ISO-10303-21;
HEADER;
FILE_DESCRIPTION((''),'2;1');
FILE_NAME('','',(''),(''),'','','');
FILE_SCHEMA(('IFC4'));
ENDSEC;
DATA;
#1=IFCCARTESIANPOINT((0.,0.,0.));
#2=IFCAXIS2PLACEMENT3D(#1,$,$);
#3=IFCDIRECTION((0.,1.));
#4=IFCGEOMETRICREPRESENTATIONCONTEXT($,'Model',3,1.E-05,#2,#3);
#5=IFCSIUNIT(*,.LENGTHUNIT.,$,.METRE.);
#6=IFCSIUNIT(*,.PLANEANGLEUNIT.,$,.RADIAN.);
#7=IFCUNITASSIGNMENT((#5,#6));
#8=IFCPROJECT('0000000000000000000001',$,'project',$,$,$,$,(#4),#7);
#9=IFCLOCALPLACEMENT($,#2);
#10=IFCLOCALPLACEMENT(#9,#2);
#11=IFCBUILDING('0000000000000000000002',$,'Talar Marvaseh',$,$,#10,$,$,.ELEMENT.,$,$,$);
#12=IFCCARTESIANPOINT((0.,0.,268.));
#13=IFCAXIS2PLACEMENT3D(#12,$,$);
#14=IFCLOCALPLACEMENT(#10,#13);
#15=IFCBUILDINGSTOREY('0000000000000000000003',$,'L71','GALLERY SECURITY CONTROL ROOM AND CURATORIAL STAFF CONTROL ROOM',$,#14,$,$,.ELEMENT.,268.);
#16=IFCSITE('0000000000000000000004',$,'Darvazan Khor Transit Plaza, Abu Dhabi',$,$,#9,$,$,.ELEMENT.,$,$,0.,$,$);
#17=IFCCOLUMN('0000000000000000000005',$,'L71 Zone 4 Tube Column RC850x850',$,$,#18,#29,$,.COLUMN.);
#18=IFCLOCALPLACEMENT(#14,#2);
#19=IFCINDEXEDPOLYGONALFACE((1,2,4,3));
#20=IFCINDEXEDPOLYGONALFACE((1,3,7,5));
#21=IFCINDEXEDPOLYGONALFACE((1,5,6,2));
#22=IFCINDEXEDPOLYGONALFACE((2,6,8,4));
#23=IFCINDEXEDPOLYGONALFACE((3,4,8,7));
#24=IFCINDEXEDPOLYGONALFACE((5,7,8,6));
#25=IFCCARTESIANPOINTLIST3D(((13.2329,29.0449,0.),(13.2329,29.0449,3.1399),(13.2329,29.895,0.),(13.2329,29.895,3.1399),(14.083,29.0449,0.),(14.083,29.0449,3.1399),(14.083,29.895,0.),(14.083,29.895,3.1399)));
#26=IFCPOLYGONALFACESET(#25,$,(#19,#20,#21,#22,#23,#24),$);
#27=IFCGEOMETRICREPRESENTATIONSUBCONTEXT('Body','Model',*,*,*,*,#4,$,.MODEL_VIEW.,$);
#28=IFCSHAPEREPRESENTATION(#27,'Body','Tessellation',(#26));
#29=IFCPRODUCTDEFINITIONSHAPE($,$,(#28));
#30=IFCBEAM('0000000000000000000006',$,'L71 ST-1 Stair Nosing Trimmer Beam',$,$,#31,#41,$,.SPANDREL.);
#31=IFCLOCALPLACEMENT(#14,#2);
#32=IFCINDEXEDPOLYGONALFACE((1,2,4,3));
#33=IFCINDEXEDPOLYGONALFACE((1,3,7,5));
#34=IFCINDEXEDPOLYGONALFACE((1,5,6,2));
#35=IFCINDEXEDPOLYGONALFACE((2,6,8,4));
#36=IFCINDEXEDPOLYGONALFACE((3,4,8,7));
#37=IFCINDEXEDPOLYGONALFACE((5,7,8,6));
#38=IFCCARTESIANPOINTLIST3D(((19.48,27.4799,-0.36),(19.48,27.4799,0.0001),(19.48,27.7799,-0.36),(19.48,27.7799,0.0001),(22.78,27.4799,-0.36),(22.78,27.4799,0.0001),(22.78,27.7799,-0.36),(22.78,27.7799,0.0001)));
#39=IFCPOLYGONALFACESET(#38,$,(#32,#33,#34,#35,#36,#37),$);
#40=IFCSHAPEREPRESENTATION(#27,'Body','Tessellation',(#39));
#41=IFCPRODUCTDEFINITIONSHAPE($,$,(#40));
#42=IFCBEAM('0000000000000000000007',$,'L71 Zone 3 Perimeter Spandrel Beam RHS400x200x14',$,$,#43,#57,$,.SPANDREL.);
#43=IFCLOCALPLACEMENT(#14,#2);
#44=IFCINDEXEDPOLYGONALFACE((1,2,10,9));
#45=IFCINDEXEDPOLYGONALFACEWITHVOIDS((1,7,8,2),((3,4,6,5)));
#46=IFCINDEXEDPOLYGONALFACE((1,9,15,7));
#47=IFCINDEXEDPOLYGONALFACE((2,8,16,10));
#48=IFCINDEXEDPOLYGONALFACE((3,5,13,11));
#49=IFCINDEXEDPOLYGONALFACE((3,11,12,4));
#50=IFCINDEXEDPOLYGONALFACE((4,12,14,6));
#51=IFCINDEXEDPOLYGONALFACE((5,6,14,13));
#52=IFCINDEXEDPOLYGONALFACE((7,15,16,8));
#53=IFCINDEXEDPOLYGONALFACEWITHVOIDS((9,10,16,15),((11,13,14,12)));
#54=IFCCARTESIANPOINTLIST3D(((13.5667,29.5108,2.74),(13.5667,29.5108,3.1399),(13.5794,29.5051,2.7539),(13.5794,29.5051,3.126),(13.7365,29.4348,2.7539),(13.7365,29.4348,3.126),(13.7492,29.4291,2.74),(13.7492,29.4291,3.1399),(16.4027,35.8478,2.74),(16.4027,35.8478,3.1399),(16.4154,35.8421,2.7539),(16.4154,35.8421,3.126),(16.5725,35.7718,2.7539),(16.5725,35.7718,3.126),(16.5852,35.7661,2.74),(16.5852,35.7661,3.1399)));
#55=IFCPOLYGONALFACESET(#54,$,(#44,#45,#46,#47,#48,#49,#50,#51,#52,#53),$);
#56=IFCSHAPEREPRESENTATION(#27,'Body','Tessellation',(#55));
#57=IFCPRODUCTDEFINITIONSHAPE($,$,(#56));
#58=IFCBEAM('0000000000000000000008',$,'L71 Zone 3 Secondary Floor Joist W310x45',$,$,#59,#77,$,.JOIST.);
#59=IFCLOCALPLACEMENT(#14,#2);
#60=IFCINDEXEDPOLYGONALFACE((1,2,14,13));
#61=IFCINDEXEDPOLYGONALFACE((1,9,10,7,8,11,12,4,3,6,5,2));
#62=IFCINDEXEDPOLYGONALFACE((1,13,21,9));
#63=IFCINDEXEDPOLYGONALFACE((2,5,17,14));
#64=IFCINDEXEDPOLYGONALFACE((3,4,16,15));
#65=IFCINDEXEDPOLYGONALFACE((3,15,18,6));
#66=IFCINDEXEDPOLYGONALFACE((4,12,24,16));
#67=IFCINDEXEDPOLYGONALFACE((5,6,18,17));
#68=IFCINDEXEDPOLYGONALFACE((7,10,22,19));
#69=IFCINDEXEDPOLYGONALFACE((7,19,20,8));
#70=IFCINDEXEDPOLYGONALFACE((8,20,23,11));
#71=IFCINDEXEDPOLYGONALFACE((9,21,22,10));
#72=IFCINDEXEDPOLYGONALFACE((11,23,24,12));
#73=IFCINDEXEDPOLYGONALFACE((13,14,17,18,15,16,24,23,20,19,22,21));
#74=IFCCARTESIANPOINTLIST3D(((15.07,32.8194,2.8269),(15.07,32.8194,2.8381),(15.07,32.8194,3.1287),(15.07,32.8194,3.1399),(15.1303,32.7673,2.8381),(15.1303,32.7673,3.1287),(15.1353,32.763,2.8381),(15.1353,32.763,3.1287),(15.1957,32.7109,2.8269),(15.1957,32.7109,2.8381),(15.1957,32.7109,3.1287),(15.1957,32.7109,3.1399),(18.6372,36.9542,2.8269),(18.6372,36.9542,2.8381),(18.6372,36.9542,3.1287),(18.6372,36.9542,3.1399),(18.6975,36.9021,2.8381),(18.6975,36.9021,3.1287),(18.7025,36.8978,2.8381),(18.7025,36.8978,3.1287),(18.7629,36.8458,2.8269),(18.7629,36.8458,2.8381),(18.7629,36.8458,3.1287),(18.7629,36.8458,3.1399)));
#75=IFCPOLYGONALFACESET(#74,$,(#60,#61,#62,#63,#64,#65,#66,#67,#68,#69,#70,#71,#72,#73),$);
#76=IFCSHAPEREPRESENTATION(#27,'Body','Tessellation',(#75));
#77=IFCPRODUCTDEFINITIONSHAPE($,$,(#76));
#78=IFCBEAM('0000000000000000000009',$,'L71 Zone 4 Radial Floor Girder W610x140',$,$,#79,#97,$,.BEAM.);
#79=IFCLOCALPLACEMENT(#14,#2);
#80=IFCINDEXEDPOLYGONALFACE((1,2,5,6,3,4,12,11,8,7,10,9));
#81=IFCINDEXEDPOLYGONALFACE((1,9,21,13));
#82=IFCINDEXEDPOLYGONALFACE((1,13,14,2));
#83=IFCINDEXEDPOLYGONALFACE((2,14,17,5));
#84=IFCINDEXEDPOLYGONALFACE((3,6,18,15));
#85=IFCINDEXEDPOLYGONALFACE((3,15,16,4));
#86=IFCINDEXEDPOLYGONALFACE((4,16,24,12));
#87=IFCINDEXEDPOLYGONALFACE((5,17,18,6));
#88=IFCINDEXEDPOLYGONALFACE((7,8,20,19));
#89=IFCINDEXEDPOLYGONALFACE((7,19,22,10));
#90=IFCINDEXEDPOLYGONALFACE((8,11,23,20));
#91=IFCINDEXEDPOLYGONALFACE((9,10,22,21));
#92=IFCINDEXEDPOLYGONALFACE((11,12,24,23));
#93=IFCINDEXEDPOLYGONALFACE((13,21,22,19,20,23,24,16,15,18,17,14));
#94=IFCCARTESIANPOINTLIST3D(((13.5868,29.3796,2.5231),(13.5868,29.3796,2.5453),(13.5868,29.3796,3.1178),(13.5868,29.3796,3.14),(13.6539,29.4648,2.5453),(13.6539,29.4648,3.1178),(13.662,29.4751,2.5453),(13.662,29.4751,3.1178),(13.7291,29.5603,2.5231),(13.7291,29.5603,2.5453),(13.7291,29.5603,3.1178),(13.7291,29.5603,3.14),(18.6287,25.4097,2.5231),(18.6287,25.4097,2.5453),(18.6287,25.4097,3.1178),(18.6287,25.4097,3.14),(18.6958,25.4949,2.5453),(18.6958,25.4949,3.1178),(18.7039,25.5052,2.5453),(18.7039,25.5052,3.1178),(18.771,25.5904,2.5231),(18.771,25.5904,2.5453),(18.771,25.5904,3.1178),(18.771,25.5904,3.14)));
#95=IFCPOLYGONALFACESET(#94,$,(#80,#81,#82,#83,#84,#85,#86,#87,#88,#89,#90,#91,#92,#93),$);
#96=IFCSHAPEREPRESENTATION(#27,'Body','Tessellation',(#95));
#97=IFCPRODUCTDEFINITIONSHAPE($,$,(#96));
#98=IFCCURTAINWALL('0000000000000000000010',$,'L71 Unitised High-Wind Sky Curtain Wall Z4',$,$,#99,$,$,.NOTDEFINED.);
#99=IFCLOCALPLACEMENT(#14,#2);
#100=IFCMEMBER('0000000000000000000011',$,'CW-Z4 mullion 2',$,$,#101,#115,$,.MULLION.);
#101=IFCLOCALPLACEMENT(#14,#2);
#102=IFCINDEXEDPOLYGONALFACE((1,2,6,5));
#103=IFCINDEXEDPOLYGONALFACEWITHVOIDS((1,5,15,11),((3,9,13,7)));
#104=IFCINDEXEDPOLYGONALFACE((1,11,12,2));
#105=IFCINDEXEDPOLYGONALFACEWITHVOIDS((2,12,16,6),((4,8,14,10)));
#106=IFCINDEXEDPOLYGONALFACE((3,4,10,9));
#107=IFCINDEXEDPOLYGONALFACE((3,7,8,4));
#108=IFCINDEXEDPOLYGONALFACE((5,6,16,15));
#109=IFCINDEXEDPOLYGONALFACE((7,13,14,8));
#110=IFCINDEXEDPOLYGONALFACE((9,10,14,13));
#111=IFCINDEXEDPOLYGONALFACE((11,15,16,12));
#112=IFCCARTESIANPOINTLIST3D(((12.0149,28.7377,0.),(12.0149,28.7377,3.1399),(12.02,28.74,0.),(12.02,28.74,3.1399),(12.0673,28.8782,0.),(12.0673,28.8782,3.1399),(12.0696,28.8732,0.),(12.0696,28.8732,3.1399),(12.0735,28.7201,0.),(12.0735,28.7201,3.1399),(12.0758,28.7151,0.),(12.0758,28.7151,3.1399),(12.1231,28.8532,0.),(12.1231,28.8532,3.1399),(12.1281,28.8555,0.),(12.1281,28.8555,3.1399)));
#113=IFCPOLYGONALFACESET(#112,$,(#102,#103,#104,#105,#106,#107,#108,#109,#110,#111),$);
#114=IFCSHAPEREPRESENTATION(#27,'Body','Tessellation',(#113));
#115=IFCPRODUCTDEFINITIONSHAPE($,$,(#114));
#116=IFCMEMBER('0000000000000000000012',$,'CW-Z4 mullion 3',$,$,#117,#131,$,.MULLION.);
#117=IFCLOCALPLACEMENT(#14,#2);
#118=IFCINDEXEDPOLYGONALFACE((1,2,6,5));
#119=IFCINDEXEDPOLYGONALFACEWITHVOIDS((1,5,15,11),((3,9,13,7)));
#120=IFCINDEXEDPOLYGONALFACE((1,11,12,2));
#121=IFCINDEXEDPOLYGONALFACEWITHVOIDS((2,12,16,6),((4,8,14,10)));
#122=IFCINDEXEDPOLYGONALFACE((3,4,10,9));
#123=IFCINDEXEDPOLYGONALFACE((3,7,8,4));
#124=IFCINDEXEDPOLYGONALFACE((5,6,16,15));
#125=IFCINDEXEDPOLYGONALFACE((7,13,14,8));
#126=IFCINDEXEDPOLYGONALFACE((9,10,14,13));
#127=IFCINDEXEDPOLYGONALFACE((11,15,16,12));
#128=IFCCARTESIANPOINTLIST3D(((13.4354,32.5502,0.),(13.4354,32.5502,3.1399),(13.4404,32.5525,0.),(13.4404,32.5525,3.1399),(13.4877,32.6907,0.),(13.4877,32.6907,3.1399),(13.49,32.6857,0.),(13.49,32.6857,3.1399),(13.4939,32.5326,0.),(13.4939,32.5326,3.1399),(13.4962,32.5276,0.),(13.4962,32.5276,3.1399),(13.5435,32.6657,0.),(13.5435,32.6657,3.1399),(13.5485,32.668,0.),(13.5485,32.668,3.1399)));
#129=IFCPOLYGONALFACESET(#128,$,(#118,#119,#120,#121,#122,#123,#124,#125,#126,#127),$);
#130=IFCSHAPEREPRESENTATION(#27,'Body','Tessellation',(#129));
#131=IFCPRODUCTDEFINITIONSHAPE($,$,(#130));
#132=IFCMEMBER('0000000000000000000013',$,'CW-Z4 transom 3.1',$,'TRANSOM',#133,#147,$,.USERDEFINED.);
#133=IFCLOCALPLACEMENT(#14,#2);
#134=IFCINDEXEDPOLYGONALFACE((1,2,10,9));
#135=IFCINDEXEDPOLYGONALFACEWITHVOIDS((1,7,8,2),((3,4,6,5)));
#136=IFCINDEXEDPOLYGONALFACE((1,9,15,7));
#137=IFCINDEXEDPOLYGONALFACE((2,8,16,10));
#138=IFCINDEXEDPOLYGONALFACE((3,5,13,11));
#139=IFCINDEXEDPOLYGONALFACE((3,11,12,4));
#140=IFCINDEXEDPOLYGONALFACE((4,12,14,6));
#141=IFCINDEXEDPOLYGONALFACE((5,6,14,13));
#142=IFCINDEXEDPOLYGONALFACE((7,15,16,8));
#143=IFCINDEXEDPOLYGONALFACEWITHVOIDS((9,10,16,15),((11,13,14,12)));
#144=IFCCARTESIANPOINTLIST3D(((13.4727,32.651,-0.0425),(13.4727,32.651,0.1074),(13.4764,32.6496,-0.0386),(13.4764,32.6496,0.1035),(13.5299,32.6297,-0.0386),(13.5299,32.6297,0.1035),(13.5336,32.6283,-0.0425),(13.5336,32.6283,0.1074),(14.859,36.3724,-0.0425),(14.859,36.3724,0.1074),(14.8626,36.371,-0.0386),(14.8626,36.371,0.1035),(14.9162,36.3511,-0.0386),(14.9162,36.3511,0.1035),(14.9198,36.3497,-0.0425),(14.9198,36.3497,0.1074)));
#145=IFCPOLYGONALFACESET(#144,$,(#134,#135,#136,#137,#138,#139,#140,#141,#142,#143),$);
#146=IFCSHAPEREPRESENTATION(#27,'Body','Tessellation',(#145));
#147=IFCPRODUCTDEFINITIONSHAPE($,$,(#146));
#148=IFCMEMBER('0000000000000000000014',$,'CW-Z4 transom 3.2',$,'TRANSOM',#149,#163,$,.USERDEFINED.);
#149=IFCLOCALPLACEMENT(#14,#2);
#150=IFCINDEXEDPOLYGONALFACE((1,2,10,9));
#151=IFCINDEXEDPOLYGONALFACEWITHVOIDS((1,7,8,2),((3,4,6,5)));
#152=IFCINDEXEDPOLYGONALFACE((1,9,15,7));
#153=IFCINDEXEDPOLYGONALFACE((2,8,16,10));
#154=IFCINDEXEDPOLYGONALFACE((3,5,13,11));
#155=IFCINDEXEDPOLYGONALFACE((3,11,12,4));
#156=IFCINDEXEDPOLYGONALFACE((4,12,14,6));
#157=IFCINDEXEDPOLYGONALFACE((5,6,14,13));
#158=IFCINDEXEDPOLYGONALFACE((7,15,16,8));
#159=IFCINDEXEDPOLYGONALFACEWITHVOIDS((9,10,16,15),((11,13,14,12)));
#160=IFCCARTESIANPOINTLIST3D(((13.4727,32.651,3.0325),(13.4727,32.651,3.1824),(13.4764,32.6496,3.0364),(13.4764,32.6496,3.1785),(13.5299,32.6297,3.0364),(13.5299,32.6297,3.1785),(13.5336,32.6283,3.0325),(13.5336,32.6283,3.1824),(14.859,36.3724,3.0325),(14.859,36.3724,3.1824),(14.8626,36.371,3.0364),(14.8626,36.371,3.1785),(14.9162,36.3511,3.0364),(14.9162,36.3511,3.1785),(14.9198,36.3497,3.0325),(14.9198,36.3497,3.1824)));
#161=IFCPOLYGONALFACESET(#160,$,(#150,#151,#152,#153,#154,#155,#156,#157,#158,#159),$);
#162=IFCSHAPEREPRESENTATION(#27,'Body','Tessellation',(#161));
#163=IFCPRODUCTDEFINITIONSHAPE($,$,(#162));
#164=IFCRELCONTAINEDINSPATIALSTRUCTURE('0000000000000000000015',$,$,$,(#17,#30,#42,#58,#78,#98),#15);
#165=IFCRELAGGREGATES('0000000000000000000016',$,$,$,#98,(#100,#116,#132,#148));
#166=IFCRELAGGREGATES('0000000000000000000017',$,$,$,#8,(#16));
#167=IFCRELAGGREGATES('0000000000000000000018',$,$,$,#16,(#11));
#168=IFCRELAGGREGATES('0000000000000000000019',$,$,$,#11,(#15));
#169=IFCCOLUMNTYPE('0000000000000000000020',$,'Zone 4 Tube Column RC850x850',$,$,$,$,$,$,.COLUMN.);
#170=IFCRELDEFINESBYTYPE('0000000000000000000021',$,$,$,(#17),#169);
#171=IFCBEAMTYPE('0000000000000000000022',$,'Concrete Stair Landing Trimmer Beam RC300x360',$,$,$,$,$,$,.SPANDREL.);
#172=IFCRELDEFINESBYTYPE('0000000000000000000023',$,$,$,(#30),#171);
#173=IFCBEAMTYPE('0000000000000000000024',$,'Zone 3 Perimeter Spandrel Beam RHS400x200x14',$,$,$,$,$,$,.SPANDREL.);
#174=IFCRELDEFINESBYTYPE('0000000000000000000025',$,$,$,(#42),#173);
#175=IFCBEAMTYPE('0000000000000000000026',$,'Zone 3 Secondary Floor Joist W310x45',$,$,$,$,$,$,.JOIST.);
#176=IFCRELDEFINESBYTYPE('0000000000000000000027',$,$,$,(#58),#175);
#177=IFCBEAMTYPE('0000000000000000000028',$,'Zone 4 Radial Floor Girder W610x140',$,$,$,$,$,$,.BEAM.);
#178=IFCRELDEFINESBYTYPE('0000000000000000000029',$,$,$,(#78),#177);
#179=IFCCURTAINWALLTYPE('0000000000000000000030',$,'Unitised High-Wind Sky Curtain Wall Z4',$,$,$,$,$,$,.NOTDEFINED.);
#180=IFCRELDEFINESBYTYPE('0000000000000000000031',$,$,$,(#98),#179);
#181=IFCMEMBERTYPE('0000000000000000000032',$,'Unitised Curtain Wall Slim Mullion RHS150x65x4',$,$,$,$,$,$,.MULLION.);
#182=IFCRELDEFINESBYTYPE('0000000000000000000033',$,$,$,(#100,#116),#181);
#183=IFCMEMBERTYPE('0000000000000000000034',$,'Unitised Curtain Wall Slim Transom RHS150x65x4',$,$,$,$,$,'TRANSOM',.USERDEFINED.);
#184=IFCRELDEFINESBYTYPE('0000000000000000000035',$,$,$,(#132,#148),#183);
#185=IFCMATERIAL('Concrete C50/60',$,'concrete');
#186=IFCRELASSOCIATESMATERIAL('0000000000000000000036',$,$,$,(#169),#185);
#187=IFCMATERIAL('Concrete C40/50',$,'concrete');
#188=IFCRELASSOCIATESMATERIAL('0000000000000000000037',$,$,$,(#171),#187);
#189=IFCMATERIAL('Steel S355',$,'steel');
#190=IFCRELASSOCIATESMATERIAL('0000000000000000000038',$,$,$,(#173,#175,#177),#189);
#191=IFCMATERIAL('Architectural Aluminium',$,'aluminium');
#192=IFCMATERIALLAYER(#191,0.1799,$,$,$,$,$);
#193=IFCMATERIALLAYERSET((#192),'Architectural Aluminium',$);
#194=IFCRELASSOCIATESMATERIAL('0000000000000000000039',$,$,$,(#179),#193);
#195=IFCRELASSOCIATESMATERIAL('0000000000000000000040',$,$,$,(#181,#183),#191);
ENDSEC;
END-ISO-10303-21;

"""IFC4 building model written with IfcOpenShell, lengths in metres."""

from ifc_helpers import new_model, si_unit, direction, frame, origin, origin_2d, place, context, subcontext, project, spatial, rectangle, hollow_rectangle, i_section, extrude, source, transform, mapped, material, layer, layer_set, material_profile, profile_set, type_object, type_shapes, element, aggregate, save


model = new_model("IFC4")

# Units and contexts
model_context = context("Model", 3, precision=1e-05, world=origin(), true_north=direction((0.0, 1.0)))
body_context = subcontext(model_context, "Body", "Model", "MODEL_VIEW")
ifc_project = project(units=[si_unit("LENGTHUNIT", "METRE"), si_unit("PLANEANGLEUNIT", "RADIAN")], contexts=[model_context])

# Site, building, storey
site_placement = place(None, origin())
site = spatial("IfcSite", under=ifc_project, at=site_placement, Name="Darvazan Khor Transit Plaza, Abu Dhabi", CompositionType="ELEMENT", RefElevation=0.0)
building_placement = place(site_placement, origin())
building = spatial("IfcBuilding", under=site, at=building_placement, Name="Talar Marvaseh", CompositionType="ELEMENT")
storey_placement = place(building_placement, frame((0.0, 0.0, 268.0)))
storey = spatial("IfcBuildingStorey", under=building, at=storey_placement, Name="L71", Description="GALLERY SECURITY CONTROL ROOM AND CURATORIAL STAFF CONTROL ROOM", CompositionType="ELEMENT", Elevation=268.0)

# Column
ifc_material_1 = material(Name="Concrete C50/60", Category="concrete")
ifc_material_profile_1 = material_profile(ifc_material_1, rectangle(XDim=0.8501, YDim=0.8501, at=origin_2d()), Name="RC850x850")
ifc_profile_set_1 = profile_set([ifc_material_profile_1], Name="Concrete C50/60")
column_type = type_object("IfcColumnType", Name="Zone 4 Tube Column RC850x850", PredefinedType="COLUMN", material=ifc_profile_set_1)
column_placement = place(storey_placement, frame((13.658, 29.47, 0.0), z_axis=(0.0, 0.0, 1.0), x_axis=(1.0, 0.0, 0.0)))
element("IfcColumn", 1, at=column_placement, inside=storey, type_object=column_type, Name="L71 Zone 4 Tube Column RC850x850", PredefinedType="COLUMN", context=body_context, shape_type="SweptSolid", body=[
    extrude(rectangle(XDim=0.8501, YDim=0.8501, at=origin_2d()), origin(), (0.0, 0.0, 1.0), 3.1399),
])

# Beams
ifc_material_2 = material(Name="Concrete C40/50", Category="concrete")
ifc_material_profile_2 = material_profile(ifc_material_2, rectangle(XDim=0.3, YDim=0.3601, at=origin_2d()), Name="RC300x360")
ifc_profile_set_2 = profile_set([ifc_material_profile_2], Name="Concrete C40/50")
beam_type_1 = type_object("IfcBeamType", Name="Concrete Stair Landing Trimmer Beam RC300x360", PredefinedType="SPANDREL", material=ifc_profile_set_2)
beam_1_placement = place(storey_placement, frame((22.78, 27.6299, -0.1799), z_axis=(-1.0, 0.0, 0.0), x_axis=(0.0, -1.0, 0.0)))
element("IfcBeam", 2, at=beam_1_placement, inside=storey, type_object=beam_type_1, Name="L71 ST-1 Stair Nosing Trimmer Beam", PredefinedType="SPANDREL", context=body_context, shape_type="SweptSolid", body=[
    extrude(rectangle(XDim=0.3, YDim=0.3601, at=origin_2d()), origin(), (0.0, 0.0, 1.0), 3.3),
])
ifc_material_3 = material(Name="Steel S355", Category="steel")
ifc_material_profile_3 = material_profile(ifc_material_3, hollow_rectangle(XDim=0.2, YDim=0.3999, WallThickness=0.0139, at=origin_2d()), Name="RHS400x200x14")
ifc_profile_set_3 = profile_set([ifc_material_profile_3], Name="Steel S355")
beam_type_2 = type_object("IfcBeamType", Name="Zone 3 Perimeter Spandrel Beam RHS400x200x14", PredefinedType="SPANDREL", material=ifc_profile_set_3)
beam_2_placement = place(storey_placement, frame((13.658, 29.47, 2.9399), z_axis=(0.408486, 0.912764, 0.0), x_axis=(-0.912764, 0.408486, 0.0)))
element("IfcBeam", 3, at=beam_2_placement, inside=storey, type_object=beam_type_2, Name="L71 Zone 3 Perimeter Spandrel Beam RHS400x200x14", PredefinedType="SPANDREL", context=body_context, shape_type="SweptSolid", body=[
    extrude(hollow_rectangle(XDim=0.2, YDim=0.3999, WallThickness=0.0139, at=origin_2d()), origin(), (0.0, 0.0, 1.0), 6.9426),
])
ifc_material_profile_4 = material_profile(ifc_material_3, i_section(OverallWidth=0.166, OverallDepth=0.313, WebThickness=0.0066, FlangeThickness=0.0112, at=origin_2d()), Name="W310x45")
ifc_profile_set_4 = profile_set([ifc_material_profile_4], Name="Steel S355")
beam_type_3 = type_object("IfcBeamType", Name="Zone 3 Secondary Floor Joist W310x45", PredefinedType="JOIST", material=ifc_profile_set_4)
beam_3_placement = place(storey_placement, frame((15.1328, 32.7651, 2.9834), z_axis=(0.653222, 0.757167, 0.0), x_axis=(-0.757167, 0.653222, 0.0)))
element("IfcBeam", 4, at=beam_3_placement, inside=storey, type_object=beam_type_3, Name="L71 Zone 3 Secondary Floor Joist W310x45", PredefinedType="JOIST", context=body_context, shape_type="SweptSolid", body=[
    extrude(i_section(OverallWidth=0.166, OverallDepth=0.313, WebThickness=0.0066, FlangeThickness=0.0112, at=origin_2d()), origin(), (0.0, 0.0, 1.0), 5.4609),
])
ifc_material_profile_5 = material_profile(ifc_material_3, i_section(OverallWidth=0.23, OverallDepth=0.6169, WebThickness=0.0132, FlangeThickness=0.0222, at=origin_2d()), Name="W610x140")
ifc_profile_set_5 = profile_set([ifc_material_profile_5], Name="Steel S355")
beam_type_4 = type_object("IfcBeamType", Name="Zone 4 Radial Floor Girder W610x140", PredefinedType="BEAM", material=ifc_profile_set_5)
beam_4_placement = place(storey_placement, frame((13.658, 29.47, 2.8315), z_axis=(0.785682, -0.618631, 0.0), x_axis=(0.618631, 0.785682, 0.0)))
element("IfcBeam", 5, at=beam_4_placement, inside=storey, type_object=beam_type_4, Name="L71 Zone 4 Radial Floor Girder W610x140", PredefinedType="BEAM", context=body_context, shape_type="SweptSolid", body=[
    extrude(i_section(OverallWidth=0.23, OverallDepth=0.6169, WebThickness=0.0132, FlangeThickness=0.0222, at=origin_2d()), origin(), (0.0, 0.0, 1.0), 6.4172),
])

# Curtain wall, members
ifc_material_4 = material(Name="Architectural Aluminium", Category="aluminium")
ifc_layer_1 = layer(ifc_material_4, 0.1799)
ifc_layer_set_1 = layer_set([ifc_layer_1], Name="Architectural Aluminium")
curtain_wall_type = type_object("IfcCurtainWallType", Name="Unitised High-Wind Sky Curtain Wall Z4", PredefinedType="NOTDEFINED", material=ifc_layer_set_1)
curtain_wall_placement = place(storey_placement, origin())
curtain_wall = element("IfcCurtainWall", 6, at=curtain_wall_placement, inside=storey, type_object=curtain_wall_type, Name="L71 Unitised High-Wind Sky Curtain Wall Z4", PredefinedType="NOTDEFINED")
ifc_material_profile_6 = material_profile(ifc_material_4, hollow_rectangle(XDim=0.0649, YDim=0.1499, WallThickness=0.0039, at=origin_2d()), Name="RHS150x65x4")
ifc_profile_set_6 = profile_set([ifc_material_profile_6], Name="Architectural Aluminium")
member_type_1 = type_object("IfcMemberType", Name="Unitised Curtain Wall Slim Mullion RHS150x65x4", PredefinedType="MULLION", material=ifc_profile_set_6)
shared_shape_1 = source(origin(), body_context, "Body", "SweptSolid", [
    extrude(hollow_rectangle(XDim=0.0649, YDim=0.1499, WallThickness=0.0039, at=origin_2d()), origin(), (0.0, 0.0, 1.0), 3.1399),
])
type_shapes(member_type_1, [shared_shape_1])
member_1_placement = place(storey_placement, frame((12.0715, 28.7966, 0.0), z_axis=(0.0, 0.0, 1.0), x_axis=(-0.937088, 0.349094, 0.0)))
member_1 = element("IfcMember", 7, at=member_1_placement, type_object=member_type_1, Name="CW-Z4 mullion 2", PredefinedType="MULLION", context=body_context, shape_type="MappedRepresentation", body=[
    mapped(shared_shape_1, transform((0.0, 0.0, 0.0), x_axis=(1.0, 0.0, 0.0), y_axis=(0.0, 1.0, 0.0), z_axis=(0.0, 0.0, 1.0), scale=1.0)),
])
member_2_placement = place(storey_placement, frame((13.4919, 32.6091, 0.0), z_axis=(0.0, 0.0, 1.0), x_axis=(-0.937088, 0.349094, 0.0)))
member_2 = element("IfcMember", 8, at=member_2_placement, type_object=member_type_1, Name="CW-Z4 mullion 3", PredefinedType="MULLION", context=body_context, shape_type="MappedRepresentation", body=[
    mapped(shared_shape_1, transform((0.0, 0.0, 0.0), x_axis=(1.0, 0.0, 0.0), y_axis=(0.0, 1.0, 0.0), z_axis=(0.0, 0.0, 1.0), scale=1.0)),
])
ifc_material_profile_7 = material_profile(ifc_material_4, hollow_rectangle(XDim=0.0649, YDim=0.1499, WallThickness=0.0039, at=origin_2d()), Name="RHS150x65x4")
ifc_profile_set_7 = profile_set([ifc_material_profile_7], Name="Architectural Aluminium")
member_type_2 = type_object("IfcMemberType", Name="Unitised Curtain Wall Slim Transom RHS150x65x4", ElementType="TRANSOM", PredefinedType="USERDEFINED", material=ifc_profile_set_7)
shared_shape_2 = source(origin(), body_context, "Body", "SweptSolid", [
    extrude(hollow_rectangle(XDim=0.0649, YDim=0.1499, WallThickness=0.0039, at=origin_2d()), origin(), (0.0, 0.0, 1.0), 3.9712),
])
member_3_placement = place(storey_placement, frame((13.5032, 32.6396, 0.0325), z_axis=(0.349068, 0.937097, 0.0), x_axis=(-0.937097, 0.349068, 0.0)))
member_3 = element("IfcMember", 9, at=member_3_placement, type_object=member_type_2, Name="CW-Z4 transom 3.1", ObjectType="TRANSOM", PredefinedType="USERDEFINED", context=body_context, shape_type="MappedRepresentation", body=[
    mapped(shared_shape_2, transform((0.0, 0.0, 0.0), x_axis=(1.0, 0.0, 0.0), y_axis=(0.0, 1.0, 0.0), z_axis=(0.0, 0.0, 1.0), scale=1.0)),
])
member_4_placement = place(storey_placement, frame((13.5032, 32.6396, 3.1074), z_axis=(0.349068, 0.937097, 0.0), x_axis=(-0.937097, 0.349068, 0.0)))
member_4 = element("IfcMember", 10, at=member_4_placement, type_object=member_type_2, Name="CW-Z4 transom 3.2", ObjectType="TRANSOM", PredefinedType="USERDEFINED", context=body_context, shape_type="MappedRepresentation", body=[
    mapped(shared_shape_2, transform((0.0, 0.0, 0.0), x_axis=(1.0, 0.0, 0.0), y_axis=(0.0, 1.0, 0.0), z_axis=(0.0, 0.0, 1.0), scale=1.0)),
])
aggregate(curtain_wall, [member_1, member_2, member_3, member_4])

save(model, "model.ifc")
